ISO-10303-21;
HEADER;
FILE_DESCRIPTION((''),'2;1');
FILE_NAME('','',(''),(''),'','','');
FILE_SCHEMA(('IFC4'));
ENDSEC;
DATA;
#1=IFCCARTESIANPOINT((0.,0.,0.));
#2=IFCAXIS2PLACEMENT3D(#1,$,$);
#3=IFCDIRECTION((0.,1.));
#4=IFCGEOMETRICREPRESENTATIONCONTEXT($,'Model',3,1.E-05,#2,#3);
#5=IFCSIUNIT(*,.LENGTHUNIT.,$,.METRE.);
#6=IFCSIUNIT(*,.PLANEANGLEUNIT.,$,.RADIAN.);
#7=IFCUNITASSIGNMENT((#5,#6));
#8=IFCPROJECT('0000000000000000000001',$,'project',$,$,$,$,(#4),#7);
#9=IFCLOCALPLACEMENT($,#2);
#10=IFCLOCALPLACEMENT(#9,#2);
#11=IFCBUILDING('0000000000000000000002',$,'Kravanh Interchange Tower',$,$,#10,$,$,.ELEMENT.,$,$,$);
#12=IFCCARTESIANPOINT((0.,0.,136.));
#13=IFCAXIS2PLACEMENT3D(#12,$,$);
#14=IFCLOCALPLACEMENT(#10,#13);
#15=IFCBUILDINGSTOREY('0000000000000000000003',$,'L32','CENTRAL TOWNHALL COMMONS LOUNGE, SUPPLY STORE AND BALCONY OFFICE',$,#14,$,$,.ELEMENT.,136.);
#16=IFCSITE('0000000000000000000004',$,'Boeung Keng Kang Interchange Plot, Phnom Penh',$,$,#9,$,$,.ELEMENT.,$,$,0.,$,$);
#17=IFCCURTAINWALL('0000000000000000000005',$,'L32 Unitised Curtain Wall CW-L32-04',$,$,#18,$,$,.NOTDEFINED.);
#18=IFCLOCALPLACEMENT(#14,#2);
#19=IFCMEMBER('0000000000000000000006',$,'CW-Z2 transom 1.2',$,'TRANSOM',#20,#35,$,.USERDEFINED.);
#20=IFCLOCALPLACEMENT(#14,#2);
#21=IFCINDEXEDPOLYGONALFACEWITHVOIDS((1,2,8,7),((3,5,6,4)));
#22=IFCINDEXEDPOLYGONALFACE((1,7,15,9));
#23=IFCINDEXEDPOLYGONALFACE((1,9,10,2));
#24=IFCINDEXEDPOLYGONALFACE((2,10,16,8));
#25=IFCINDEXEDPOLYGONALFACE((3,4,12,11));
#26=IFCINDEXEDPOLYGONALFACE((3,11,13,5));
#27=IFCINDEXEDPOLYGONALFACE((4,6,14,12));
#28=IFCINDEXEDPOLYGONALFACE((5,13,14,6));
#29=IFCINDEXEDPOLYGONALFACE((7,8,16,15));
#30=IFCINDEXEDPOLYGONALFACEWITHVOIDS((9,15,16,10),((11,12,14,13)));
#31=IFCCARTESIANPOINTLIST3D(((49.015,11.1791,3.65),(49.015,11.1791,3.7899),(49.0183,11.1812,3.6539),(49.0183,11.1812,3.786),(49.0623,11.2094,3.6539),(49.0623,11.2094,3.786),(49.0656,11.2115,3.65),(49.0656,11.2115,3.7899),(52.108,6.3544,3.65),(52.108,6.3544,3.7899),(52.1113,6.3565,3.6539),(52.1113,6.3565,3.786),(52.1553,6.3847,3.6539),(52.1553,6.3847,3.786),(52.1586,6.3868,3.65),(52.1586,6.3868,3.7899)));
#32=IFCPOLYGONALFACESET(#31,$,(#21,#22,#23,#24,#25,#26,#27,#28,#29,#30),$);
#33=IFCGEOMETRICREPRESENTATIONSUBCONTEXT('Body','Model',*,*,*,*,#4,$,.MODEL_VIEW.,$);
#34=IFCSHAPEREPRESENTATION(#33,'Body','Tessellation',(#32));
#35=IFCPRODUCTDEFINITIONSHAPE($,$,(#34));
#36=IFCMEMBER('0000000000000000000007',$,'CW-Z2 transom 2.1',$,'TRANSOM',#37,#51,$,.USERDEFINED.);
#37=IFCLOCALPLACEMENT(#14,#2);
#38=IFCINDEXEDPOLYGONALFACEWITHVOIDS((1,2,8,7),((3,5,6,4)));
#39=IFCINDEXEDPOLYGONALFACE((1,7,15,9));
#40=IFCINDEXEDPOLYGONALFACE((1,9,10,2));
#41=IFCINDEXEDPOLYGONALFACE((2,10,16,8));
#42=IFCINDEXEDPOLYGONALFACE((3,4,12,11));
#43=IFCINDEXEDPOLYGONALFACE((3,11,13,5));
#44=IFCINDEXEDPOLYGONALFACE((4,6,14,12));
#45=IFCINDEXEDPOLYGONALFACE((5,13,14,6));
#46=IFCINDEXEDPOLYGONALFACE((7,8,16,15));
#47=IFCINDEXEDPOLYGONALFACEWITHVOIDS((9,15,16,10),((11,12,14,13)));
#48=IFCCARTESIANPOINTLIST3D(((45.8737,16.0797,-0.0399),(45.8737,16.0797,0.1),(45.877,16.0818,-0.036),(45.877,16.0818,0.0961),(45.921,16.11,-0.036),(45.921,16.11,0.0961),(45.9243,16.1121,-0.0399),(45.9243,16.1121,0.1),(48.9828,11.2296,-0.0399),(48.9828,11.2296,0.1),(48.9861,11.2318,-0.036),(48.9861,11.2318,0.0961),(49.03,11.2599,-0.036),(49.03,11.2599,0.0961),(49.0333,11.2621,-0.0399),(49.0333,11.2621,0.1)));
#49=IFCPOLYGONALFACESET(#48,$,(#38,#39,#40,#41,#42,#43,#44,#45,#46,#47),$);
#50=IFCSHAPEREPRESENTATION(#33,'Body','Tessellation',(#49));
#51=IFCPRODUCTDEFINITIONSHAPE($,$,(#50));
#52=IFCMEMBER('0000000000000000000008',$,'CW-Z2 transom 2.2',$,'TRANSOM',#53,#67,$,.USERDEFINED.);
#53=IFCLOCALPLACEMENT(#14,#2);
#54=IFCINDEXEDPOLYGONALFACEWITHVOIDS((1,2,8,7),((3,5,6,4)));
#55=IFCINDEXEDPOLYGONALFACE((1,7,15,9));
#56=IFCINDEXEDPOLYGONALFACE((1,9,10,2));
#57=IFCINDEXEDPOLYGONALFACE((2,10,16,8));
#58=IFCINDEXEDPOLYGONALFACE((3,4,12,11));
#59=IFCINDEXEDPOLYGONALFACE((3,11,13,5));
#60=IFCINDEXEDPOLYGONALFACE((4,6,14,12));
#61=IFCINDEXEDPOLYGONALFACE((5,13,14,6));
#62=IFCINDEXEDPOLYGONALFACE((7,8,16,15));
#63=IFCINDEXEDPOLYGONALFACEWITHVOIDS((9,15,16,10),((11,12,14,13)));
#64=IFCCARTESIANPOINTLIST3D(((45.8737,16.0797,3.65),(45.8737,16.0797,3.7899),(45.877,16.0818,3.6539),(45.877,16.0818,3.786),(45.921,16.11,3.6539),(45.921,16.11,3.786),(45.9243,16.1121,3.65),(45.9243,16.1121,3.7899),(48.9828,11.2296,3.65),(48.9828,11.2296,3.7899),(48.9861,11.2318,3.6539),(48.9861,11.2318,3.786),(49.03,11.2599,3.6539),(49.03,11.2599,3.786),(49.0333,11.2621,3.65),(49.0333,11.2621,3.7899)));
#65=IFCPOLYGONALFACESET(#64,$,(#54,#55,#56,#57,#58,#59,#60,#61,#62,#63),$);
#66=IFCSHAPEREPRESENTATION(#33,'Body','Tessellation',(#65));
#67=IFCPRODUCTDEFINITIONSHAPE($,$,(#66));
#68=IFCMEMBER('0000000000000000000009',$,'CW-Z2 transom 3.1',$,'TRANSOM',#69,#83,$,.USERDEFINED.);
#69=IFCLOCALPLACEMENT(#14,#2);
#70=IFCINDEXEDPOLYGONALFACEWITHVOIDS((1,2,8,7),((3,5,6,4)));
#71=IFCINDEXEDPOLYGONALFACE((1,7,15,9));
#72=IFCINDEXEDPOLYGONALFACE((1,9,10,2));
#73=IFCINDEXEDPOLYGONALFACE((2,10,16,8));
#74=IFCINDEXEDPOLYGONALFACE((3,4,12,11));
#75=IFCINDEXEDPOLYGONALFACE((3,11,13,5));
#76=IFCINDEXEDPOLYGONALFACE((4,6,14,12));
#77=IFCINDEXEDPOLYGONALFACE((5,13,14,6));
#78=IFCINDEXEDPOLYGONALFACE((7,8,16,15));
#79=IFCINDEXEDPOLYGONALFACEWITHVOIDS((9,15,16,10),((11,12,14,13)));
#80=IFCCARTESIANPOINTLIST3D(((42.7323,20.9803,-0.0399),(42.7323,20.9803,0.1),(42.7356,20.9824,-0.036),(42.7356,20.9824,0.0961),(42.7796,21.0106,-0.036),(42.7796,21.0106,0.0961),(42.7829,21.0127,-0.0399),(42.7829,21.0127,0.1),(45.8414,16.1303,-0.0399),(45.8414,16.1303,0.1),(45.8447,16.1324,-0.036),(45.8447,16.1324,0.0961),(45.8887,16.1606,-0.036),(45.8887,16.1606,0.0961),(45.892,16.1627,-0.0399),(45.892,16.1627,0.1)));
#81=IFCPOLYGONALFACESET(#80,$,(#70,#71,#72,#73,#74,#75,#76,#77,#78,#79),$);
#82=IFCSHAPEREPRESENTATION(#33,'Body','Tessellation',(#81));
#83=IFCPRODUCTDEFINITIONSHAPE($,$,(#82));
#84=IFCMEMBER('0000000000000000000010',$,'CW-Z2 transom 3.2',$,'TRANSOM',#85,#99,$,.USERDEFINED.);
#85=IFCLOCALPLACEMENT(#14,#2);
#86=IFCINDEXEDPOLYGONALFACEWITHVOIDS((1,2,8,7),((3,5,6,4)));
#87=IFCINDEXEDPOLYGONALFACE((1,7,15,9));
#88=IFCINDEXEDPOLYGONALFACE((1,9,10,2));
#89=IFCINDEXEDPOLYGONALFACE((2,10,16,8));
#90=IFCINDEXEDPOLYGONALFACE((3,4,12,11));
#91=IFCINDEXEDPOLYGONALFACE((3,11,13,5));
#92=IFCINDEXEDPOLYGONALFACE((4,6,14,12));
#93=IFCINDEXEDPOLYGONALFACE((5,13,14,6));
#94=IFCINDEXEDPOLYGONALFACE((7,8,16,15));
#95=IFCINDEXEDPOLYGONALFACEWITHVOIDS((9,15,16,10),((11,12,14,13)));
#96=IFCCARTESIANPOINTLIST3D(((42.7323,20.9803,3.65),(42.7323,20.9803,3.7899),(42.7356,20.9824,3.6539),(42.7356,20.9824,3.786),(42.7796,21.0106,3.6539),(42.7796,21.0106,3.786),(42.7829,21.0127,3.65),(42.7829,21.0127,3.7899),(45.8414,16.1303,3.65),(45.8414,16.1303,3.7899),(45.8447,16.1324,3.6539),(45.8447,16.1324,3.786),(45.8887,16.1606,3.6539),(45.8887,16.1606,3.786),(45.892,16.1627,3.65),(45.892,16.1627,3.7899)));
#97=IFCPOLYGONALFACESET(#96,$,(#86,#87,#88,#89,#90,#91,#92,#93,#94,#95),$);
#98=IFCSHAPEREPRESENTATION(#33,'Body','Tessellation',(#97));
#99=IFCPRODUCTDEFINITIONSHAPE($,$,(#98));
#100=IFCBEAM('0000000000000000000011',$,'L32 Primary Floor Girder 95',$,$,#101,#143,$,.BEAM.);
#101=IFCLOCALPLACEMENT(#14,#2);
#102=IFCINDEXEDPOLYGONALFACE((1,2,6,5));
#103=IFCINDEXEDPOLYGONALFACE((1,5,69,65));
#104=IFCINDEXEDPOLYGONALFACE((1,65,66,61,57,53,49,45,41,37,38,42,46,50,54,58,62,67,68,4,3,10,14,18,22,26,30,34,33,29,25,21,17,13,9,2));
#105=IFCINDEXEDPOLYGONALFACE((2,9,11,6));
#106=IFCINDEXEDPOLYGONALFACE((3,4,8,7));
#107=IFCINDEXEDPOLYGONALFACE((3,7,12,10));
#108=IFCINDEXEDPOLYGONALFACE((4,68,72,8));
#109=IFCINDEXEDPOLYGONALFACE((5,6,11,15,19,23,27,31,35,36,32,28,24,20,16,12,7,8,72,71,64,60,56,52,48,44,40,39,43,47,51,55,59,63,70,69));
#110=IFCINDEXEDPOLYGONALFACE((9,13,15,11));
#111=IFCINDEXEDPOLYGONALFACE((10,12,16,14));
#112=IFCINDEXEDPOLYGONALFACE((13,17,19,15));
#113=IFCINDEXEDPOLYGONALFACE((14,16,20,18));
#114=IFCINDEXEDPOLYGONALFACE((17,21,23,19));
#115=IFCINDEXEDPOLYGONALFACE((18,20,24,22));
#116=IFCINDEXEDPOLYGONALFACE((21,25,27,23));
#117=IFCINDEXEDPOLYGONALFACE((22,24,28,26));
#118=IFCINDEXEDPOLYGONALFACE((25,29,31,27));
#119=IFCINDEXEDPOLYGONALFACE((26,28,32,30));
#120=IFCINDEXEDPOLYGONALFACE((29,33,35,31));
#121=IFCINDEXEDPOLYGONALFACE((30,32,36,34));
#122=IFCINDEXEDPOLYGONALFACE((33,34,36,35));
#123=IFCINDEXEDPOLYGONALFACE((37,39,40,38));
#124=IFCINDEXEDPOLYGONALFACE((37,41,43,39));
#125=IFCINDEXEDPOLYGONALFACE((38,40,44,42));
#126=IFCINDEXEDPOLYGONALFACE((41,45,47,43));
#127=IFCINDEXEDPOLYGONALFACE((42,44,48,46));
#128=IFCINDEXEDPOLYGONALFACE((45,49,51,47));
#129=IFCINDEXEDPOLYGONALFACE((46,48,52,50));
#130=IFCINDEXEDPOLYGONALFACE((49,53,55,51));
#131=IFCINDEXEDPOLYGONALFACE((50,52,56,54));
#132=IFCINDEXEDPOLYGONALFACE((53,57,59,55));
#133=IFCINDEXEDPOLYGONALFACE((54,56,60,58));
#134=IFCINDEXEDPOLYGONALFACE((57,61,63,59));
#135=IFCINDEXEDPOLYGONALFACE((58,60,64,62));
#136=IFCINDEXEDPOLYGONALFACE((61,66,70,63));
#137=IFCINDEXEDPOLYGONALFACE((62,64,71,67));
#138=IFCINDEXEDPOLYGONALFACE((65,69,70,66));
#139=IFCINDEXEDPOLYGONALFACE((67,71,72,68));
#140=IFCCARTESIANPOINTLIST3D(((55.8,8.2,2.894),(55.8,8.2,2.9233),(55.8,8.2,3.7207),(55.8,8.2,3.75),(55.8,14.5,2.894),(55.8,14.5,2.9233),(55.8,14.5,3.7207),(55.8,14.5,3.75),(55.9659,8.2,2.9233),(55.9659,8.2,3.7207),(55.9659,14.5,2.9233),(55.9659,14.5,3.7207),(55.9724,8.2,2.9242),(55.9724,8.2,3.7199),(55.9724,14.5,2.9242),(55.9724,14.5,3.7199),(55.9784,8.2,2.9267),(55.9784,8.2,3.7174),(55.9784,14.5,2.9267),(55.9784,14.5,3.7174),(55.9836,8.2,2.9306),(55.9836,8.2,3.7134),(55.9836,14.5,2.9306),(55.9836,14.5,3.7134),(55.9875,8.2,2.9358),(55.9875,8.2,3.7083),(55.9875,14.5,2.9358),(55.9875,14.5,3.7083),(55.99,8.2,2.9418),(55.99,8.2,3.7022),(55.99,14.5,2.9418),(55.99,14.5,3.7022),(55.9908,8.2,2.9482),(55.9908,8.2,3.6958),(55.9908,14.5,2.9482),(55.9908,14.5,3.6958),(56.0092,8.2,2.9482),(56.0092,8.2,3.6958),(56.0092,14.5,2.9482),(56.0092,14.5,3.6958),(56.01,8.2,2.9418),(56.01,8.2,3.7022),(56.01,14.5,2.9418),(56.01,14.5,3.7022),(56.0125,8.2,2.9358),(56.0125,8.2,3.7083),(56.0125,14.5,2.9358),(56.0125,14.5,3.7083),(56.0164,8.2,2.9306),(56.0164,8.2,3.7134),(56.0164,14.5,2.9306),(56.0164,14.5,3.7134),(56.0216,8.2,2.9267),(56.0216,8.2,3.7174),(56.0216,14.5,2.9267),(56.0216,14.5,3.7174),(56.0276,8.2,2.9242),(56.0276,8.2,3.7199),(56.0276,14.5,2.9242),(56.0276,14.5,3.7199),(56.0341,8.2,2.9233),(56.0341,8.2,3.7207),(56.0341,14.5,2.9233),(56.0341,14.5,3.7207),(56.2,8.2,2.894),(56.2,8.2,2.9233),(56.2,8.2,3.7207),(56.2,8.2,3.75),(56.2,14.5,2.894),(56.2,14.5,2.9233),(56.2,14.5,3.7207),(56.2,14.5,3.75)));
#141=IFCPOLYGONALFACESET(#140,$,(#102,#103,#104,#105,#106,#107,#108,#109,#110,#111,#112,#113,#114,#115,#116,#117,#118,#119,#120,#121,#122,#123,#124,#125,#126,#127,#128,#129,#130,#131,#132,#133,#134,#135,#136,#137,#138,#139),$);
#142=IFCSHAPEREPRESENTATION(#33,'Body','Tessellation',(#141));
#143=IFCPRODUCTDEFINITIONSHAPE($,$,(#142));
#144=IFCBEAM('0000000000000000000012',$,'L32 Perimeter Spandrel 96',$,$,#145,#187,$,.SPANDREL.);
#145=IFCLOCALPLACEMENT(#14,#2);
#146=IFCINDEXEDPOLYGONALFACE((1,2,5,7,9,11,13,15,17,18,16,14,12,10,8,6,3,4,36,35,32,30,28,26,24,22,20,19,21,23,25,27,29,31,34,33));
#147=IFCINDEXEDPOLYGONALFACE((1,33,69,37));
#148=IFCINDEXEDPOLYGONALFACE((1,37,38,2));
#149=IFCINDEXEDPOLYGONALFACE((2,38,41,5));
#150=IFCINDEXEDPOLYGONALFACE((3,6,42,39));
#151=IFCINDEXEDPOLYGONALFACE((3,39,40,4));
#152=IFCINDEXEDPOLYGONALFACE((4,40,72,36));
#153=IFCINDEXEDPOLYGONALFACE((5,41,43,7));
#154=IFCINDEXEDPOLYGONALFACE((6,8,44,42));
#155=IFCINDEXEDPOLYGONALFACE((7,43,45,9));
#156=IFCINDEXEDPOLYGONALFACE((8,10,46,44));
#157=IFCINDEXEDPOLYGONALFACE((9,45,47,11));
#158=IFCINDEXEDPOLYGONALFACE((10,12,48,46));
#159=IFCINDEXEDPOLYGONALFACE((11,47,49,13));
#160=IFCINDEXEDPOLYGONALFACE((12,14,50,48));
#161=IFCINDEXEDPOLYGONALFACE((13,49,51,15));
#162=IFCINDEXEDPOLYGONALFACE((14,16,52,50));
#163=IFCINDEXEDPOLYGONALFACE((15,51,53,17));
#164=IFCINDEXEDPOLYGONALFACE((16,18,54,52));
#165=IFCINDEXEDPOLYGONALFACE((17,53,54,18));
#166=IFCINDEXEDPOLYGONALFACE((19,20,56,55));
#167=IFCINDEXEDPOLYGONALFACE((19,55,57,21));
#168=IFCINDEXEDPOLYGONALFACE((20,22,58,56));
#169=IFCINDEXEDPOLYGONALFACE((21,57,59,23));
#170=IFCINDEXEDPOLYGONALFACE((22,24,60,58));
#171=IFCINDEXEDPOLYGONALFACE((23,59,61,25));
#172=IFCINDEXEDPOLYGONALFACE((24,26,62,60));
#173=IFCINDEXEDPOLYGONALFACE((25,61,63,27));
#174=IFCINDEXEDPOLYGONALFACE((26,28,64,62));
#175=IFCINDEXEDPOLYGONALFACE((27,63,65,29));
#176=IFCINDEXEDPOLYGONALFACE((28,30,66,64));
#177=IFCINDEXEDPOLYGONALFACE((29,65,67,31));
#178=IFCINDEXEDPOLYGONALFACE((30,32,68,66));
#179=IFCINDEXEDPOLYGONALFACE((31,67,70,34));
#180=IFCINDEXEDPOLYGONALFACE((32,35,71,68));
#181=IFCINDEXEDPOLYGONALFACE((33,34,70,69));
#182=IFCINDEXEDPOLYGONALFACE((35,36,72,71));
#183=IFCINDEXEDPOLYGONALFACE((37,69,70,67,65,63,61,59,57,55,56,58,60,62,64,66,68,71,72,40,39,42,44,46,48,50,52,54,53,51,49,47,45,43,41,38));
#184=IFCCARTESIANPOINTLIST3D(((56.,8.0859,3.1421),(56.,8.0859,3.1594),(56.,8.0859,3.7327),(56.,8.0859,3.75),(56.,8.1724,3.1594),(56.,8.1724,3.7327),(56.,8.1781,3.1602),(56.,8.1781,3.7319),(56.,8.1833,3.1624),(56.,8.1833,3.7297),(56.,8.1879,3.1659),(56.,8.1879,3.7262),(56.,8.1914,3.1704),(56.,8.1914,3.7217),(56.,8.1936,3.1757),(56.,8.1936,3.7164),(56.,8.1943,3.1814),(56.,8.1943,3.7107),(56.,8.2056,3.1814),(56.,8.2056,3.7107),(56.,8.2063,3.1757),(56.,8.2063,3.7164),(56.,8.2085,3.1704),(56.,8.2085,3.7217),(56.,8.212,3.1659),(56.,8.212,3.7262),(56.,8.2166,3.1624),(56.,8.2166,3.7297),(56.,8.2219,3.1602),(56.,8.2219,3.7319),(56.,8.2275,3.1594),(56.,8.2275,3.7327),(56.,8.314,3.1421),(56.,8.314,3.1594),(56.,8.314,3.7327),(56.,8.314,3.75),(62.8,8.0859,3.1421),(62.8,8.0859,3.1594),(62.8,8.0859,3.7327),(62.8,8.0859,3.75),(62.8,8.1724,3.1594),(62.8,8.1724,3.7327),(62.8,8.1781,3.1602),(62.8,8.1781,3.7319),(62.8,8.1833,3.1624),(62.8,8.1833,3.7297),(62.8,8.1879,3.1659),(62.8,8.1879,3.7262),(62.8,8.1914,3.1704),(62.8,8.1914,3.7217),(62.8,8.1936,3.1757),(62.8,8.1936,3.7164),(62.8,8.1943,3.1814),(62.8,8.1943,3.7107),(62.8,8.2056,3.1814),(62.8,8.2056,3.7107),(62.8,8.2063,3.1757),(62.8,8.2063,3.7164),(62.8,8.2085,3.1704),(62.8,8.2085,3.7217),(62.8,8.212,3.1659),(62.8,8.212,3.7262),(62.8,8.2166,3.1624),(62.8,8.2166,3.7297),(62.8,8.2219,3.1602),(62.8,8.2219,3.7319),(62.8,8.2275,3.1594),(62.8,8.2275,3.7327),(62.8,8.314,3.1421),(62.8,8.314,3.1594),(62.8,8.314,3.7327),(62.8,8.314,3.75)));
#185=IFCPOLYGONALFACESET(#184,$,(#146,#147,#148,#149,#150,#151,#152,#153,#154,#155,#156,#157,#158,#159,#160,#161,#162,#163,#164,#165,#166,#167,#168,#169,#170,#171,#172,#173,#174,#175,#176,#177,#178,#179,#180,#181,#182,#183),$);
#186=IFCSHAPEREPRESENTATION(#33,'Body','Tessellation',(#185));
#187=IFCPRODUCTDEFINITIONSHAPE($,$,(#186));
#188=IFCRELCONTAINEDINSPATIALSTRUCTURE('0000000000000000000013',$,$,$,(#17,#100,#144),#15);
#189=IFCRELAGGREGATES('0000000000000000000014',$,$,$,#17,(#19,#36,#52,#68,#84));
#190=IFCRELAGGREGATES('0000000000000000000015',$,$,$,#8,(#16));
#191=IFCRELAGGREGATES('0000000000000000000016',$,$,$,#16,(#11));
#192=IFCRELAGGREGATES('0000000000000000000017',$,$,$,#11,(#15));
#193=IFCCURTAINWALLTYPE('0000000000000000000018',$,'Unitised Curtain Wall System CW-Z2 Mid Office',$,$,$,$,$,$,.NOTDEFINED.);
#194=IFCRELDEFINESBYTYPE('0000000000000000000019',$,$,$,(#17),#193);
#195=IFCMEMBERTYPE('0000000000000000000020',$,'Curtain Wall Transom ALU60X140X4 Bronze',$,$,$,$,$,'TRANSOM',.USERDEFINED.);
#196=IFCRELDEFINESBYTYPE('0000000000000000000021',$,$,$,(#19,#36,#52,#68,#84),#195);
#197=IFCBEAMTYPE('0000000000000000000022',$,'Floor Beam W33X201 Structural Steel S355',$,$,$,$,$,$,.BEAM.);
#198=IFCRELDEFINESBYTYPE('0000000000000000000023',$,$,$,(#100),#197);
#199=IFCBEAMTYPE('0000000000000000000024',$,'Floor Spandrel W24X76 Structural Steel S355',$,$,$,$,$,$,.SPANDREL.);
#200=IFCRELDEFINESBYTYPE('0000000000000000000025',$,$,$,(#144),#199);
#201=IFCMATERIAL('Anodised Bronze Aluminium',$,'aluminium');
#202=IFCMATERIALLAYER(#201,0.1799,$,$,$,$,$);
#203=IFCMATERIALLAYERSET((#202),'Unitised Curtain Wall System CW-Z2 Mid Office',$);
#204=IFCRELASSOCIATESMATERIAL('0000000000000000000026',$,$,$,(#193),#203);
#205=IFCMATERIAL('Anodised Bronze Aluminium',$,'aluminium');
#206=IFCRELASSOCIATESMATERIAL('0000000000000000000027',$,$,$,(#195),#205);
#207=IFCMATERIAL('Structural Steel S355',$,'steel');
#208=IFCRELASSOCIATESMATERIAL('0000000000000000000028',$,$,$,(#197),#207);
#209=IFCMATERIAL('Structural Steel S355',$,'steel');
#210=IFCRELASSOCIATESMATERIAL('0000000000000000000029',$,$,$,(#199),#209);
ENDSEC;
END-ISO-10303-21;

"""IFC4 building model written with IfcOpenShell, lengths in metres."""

from ifc_helpers import new_model, si_unit, direction, frame, origin, origin_2d, place, context, subcontext, project, spatial, hollow_rectangle, i_section, extrude, material, layer, layer_set, material_profile, profile_set, type_object, element, aggregate, save


model = new_model("IFC4")

# Units and contexts
model_context = context("Model", 3, precision=1e-05, world=origin(), true_north=direction((0.0, 1.0)))
body_context = subcontext(model_context, "Body", "Model", "MODEL_VIEW")
ifc_project = project(units=[si_unit("LENGTHUNIT", "METRE"), si_unit("PLANEANGLEUNIT", "RADIAN")], contexts=[model_context])

# Site, building, storey
site_placement = place(None, origin())
site = spatial("IfcSite", under=ifc_project, at=site_placement, Name="Boeung Keng Kang Interchange Plot, Phnom Penh", CompositionType="ELEMENT", RefElevation=0.0)
building_placement = place(site_placement, origin())
building = spatial("IfcBuilding", under=site, at=building_placement, Name="Kravanh Interchange Tower", CompositionType="ELEMENT")
storey_placement = place(building_placement, frame((0.0, 0.0, 136.0)))
storey = spatial("IfcBuildingStorey", under=building, at=storey_placement, Name="L32", Description="CENTRAL TOWNHALL COMMONS LOUNGE, SUPPLY STORE AND BALCONY OFFICE", CompositionType="ELEMENT", Elevation=136.0)

# Shared definitions
ifc_material_1 = material(Name="Anodised Bronze Aluminium", Category="aluminium")
ifc_layer_1 = layer(ifc_material_1, 0.1799)
ifc_layer_set_1 = layer_set([ifc_layer_1], Name="Unitised Curtain Wall System CW-Z2 Mid Office")
curtain_wall_type = type_object("IfcCurtainWallType", Name="Unitised Curtain Wall System CW-Z2 Mid Office", PredefinedType="NOTDEFINED", material=ifc_layer_set_1)

# Curtain wall, members
curtain_wall_1_placement = place(storey_placement, origin())
curtain_wall_1 = element("IfcCurtainWall", 1, at=curtain_wall_1_placement, inside=storey, type_object=curtain_wall_type, Name="L32 Unitised Curtain Wall CW-L32-04", PredefinedType="NOTDEFINED")
ifc_material_2 = material(Name="Anodised Bronze Aluminium", Category="aluminium")
ifc_material_profile_1 = material_profile(ifc_material_2, hollow_rectangle(XDim=0.0601, YDim=0.1399, WallThickness=0.0039, at=origin_2d()), Name="ALU60X140X4")
ifc_profile_set_1 = profile_set([ifc_material_profile_1], Name="Anodised Bronze Aluminium")
member_type_1 = type_object("IfcMemberType", Name="Curtain Wall Transom ALU60X140X4 Bronze", ElementType="TRANSOM", PredefinedType="USERDEFINED", material=ifc_profile_set_1)
member_1_placement = place(storey_placement, frame((52.1333, 6.3706, 3.72), z_axis=(-0.539698, 0.841859, 0.0), x_axis=(-0.841859, -0.539698, 0.0)))
member_1 = element("IfcMember", 2, at=member_1_placement, type_object=member_type_1, Name="CW-Z2 transom 1.2", ObjectType="TRANSOM", PredefinedType="USERDEFINED", context=body_context, shape_type="SweptSolid", body=[
    extrude(hollow_rectangle(XDim=0.0601, YDim=0.1399, WallThickness=0.0039, at=origin_2d()), origin(), (0.0, 0.0, 1.0), 5.731),
])
member_2_placement = place(storey_placement, frame((49.0081, 11.2458, 0.03), z_axis=(-0.539678, 0.841872, 0.0), x_axis=(-0.841872, -0.539678, 0.0)))
member_2 = element("IfcMember", 3, at=member_2_placement, type_object=member_type_1, Name="CW-Z2 transom 2.1", ObjectType="TRANSOM", PredefinedType="USERDEFINED", context=body_context, shape_type="SweptSolid", body=[
    extrude(hollow_rectangle(XDim=0.0601, YDim=0.1399, WallThickness=0.0039, at=origin_2d()), origin(), (0.0, 0.0, 1.0), 5.761),
])
member_3_placement = place(storey_placement, frame((49.0081, 11.2458, 3.72), z_axis=(-0.539678, 0.841872, 0.0), x_axis=(-0.841872, -0.539678, 0.0)))
member_3 = element("IfcMember", 4, at=member_3_placement, type_object=member_type_1, Name="CW-Z2 transom 2.2", ObjectType="TRANSOM", PredefinedType="USERDEFINED", context=body_context, shape_type="SweptSolid", body=[
    extrude(hollow_rectangle(XDim=0.0601, YDim=0.1399, WallThickness=0.0039, at=origin_2d()), origin(), (0.0, 0.0, 1.0), 5.761),
])
member_4_placement = place(storey_placement, frame((45.8667, 16.1465, 0.03), z_axis=(-0.539678, 0.841872, 0.0), x_axis=(-0.841872, -0.539678, 0.0)))
member_4 = element("IfcMember", 5, at=member_4_placement, type_object=member_type_1, Name="CW-Z2 transom 3.1", ObjectType="TRANSOM", PredefinedType="USERDEFINED", context=body_context, shape_type="SweptSolid", body=[
    extrude(hollow_rectangle(XDim=0.0601, YDim=0.1399, WallThickness=0.0039, at=origin_2d()), origin(), (0.0, 0.0, 1.0), 5.761),
])
member_5_placement = place(storey_placement, frame((45.8667, 16.1465, 3.72), z_axis=(-0.539678, 0.841872, 0.0), x_axis=(-0.841872, -0.539678, 0.0)))
member_5 = element("IfcMember", 6, at=member_5_placement, type_object=member_type_1, Name="CW-Z2 transom 3.2", ObjectType="TRANSOM", PredefinedType="USERDEFINED", context=body_context, shape_type="SweptSolid", body=[
    extrude(hollow_rectangle(XDim=0.0601, YDim=0.1399, WallThickness=0.0039, at=origin_2d()), origin(), (0.0, 0.0, 1.0), 5.761),
])

# Beams
ifc_material_3 = material(Name="Structural Steel S355", Category="steel")
ifc_material_profile_2 = material_profile(ifc_material_3, i_section(OverallWidth=0.3999, OverallDepth=0.856, WebThickness=0.0183, FlangeThickness=0.0293, FilletRadius=0.0249, at=origin_2d()), Name="W33X201")
ifc_profile_set_2 = profile_set([ifc_material_profile_2], Name="Structural Steel S355")
beam_type_1 = type_object("IfcBeamType", Name="Floor Beam W33X201 Structural Steel S355", PredefinedType="BEAM", material=ifc_profile_set_2)
beam_1_placement = place(storey_placement, frame((56.0, 8.2, 3.322), z_axis=(0.0, 1.0, 0.0), x_axis=(-1.0, 0.0, 0.0)))
element("IfcBeam", 7, at=beam_1_placement, inside=storey, type_object=beam_type_1, Name="L32 Primary Floor Girder 95", PredefinedType="BEAM", context=body_context, shape_type="SweptSolid", body=[
    extrude(i_section(OverallWidth=0.3999, OverallDepth=0.856, WebThickness=0.0183, FlangeThickness=0.0293, FilletRadius=0.0249, at=origin_2d()), origin(), (0.0, 0.0, 1.0), 6.3),
])
ifc_material_4 = material(Name="Structural Steel S355", Category="steel")
ifc_material_profile_3 = material_profile(ifc_material_4, i_section(OverallWidth=0.228, OverallDepth=0.6079, WebThickness=0.0112, FlangeThickness=0.0173, FilletRadius=0.022, at=origin_2d()), Name="W24X76")
ifc_profile_set_3 = profile_set([ifc_material_profile_3], Name="Structural Steel S355")
beam_type_2 = type_object("IfcBeamType", Name="Floor Spandrel W24X76 Structural Steel S355", PredefinedType="SPANDREL", material=ifc_profile_set_3)
beam_2_placement = place(storey_placement, frame((56.0, 8.2, 3.446), z_axis=(1.0, 0.0, 0.0), x_axis=(0.0, 1.0, 0.0)))
element("IfcBeam", 8, at=beam_2_placement, inside=storey, type_object=beam_type_2, Name="L32 Perimeter Spandrel 96", PredefinedType="SPANDREL", context=body_context, shape_type="SweptSolid", body=[
    extrude(i_section(OverallWidth=0.228, OverallDepth=0.6079, WebThickness=0.0112, FlangeThickness=0.0173, FilletRadius=0.022, at=origin_2d()), origin(), (0.0, 0.0, 1.0), 6.8),
])

aggregate(curtain_wall_1, [member_1, member_2, member_3, member_4, member_5])

save(model, "model.ifc")
